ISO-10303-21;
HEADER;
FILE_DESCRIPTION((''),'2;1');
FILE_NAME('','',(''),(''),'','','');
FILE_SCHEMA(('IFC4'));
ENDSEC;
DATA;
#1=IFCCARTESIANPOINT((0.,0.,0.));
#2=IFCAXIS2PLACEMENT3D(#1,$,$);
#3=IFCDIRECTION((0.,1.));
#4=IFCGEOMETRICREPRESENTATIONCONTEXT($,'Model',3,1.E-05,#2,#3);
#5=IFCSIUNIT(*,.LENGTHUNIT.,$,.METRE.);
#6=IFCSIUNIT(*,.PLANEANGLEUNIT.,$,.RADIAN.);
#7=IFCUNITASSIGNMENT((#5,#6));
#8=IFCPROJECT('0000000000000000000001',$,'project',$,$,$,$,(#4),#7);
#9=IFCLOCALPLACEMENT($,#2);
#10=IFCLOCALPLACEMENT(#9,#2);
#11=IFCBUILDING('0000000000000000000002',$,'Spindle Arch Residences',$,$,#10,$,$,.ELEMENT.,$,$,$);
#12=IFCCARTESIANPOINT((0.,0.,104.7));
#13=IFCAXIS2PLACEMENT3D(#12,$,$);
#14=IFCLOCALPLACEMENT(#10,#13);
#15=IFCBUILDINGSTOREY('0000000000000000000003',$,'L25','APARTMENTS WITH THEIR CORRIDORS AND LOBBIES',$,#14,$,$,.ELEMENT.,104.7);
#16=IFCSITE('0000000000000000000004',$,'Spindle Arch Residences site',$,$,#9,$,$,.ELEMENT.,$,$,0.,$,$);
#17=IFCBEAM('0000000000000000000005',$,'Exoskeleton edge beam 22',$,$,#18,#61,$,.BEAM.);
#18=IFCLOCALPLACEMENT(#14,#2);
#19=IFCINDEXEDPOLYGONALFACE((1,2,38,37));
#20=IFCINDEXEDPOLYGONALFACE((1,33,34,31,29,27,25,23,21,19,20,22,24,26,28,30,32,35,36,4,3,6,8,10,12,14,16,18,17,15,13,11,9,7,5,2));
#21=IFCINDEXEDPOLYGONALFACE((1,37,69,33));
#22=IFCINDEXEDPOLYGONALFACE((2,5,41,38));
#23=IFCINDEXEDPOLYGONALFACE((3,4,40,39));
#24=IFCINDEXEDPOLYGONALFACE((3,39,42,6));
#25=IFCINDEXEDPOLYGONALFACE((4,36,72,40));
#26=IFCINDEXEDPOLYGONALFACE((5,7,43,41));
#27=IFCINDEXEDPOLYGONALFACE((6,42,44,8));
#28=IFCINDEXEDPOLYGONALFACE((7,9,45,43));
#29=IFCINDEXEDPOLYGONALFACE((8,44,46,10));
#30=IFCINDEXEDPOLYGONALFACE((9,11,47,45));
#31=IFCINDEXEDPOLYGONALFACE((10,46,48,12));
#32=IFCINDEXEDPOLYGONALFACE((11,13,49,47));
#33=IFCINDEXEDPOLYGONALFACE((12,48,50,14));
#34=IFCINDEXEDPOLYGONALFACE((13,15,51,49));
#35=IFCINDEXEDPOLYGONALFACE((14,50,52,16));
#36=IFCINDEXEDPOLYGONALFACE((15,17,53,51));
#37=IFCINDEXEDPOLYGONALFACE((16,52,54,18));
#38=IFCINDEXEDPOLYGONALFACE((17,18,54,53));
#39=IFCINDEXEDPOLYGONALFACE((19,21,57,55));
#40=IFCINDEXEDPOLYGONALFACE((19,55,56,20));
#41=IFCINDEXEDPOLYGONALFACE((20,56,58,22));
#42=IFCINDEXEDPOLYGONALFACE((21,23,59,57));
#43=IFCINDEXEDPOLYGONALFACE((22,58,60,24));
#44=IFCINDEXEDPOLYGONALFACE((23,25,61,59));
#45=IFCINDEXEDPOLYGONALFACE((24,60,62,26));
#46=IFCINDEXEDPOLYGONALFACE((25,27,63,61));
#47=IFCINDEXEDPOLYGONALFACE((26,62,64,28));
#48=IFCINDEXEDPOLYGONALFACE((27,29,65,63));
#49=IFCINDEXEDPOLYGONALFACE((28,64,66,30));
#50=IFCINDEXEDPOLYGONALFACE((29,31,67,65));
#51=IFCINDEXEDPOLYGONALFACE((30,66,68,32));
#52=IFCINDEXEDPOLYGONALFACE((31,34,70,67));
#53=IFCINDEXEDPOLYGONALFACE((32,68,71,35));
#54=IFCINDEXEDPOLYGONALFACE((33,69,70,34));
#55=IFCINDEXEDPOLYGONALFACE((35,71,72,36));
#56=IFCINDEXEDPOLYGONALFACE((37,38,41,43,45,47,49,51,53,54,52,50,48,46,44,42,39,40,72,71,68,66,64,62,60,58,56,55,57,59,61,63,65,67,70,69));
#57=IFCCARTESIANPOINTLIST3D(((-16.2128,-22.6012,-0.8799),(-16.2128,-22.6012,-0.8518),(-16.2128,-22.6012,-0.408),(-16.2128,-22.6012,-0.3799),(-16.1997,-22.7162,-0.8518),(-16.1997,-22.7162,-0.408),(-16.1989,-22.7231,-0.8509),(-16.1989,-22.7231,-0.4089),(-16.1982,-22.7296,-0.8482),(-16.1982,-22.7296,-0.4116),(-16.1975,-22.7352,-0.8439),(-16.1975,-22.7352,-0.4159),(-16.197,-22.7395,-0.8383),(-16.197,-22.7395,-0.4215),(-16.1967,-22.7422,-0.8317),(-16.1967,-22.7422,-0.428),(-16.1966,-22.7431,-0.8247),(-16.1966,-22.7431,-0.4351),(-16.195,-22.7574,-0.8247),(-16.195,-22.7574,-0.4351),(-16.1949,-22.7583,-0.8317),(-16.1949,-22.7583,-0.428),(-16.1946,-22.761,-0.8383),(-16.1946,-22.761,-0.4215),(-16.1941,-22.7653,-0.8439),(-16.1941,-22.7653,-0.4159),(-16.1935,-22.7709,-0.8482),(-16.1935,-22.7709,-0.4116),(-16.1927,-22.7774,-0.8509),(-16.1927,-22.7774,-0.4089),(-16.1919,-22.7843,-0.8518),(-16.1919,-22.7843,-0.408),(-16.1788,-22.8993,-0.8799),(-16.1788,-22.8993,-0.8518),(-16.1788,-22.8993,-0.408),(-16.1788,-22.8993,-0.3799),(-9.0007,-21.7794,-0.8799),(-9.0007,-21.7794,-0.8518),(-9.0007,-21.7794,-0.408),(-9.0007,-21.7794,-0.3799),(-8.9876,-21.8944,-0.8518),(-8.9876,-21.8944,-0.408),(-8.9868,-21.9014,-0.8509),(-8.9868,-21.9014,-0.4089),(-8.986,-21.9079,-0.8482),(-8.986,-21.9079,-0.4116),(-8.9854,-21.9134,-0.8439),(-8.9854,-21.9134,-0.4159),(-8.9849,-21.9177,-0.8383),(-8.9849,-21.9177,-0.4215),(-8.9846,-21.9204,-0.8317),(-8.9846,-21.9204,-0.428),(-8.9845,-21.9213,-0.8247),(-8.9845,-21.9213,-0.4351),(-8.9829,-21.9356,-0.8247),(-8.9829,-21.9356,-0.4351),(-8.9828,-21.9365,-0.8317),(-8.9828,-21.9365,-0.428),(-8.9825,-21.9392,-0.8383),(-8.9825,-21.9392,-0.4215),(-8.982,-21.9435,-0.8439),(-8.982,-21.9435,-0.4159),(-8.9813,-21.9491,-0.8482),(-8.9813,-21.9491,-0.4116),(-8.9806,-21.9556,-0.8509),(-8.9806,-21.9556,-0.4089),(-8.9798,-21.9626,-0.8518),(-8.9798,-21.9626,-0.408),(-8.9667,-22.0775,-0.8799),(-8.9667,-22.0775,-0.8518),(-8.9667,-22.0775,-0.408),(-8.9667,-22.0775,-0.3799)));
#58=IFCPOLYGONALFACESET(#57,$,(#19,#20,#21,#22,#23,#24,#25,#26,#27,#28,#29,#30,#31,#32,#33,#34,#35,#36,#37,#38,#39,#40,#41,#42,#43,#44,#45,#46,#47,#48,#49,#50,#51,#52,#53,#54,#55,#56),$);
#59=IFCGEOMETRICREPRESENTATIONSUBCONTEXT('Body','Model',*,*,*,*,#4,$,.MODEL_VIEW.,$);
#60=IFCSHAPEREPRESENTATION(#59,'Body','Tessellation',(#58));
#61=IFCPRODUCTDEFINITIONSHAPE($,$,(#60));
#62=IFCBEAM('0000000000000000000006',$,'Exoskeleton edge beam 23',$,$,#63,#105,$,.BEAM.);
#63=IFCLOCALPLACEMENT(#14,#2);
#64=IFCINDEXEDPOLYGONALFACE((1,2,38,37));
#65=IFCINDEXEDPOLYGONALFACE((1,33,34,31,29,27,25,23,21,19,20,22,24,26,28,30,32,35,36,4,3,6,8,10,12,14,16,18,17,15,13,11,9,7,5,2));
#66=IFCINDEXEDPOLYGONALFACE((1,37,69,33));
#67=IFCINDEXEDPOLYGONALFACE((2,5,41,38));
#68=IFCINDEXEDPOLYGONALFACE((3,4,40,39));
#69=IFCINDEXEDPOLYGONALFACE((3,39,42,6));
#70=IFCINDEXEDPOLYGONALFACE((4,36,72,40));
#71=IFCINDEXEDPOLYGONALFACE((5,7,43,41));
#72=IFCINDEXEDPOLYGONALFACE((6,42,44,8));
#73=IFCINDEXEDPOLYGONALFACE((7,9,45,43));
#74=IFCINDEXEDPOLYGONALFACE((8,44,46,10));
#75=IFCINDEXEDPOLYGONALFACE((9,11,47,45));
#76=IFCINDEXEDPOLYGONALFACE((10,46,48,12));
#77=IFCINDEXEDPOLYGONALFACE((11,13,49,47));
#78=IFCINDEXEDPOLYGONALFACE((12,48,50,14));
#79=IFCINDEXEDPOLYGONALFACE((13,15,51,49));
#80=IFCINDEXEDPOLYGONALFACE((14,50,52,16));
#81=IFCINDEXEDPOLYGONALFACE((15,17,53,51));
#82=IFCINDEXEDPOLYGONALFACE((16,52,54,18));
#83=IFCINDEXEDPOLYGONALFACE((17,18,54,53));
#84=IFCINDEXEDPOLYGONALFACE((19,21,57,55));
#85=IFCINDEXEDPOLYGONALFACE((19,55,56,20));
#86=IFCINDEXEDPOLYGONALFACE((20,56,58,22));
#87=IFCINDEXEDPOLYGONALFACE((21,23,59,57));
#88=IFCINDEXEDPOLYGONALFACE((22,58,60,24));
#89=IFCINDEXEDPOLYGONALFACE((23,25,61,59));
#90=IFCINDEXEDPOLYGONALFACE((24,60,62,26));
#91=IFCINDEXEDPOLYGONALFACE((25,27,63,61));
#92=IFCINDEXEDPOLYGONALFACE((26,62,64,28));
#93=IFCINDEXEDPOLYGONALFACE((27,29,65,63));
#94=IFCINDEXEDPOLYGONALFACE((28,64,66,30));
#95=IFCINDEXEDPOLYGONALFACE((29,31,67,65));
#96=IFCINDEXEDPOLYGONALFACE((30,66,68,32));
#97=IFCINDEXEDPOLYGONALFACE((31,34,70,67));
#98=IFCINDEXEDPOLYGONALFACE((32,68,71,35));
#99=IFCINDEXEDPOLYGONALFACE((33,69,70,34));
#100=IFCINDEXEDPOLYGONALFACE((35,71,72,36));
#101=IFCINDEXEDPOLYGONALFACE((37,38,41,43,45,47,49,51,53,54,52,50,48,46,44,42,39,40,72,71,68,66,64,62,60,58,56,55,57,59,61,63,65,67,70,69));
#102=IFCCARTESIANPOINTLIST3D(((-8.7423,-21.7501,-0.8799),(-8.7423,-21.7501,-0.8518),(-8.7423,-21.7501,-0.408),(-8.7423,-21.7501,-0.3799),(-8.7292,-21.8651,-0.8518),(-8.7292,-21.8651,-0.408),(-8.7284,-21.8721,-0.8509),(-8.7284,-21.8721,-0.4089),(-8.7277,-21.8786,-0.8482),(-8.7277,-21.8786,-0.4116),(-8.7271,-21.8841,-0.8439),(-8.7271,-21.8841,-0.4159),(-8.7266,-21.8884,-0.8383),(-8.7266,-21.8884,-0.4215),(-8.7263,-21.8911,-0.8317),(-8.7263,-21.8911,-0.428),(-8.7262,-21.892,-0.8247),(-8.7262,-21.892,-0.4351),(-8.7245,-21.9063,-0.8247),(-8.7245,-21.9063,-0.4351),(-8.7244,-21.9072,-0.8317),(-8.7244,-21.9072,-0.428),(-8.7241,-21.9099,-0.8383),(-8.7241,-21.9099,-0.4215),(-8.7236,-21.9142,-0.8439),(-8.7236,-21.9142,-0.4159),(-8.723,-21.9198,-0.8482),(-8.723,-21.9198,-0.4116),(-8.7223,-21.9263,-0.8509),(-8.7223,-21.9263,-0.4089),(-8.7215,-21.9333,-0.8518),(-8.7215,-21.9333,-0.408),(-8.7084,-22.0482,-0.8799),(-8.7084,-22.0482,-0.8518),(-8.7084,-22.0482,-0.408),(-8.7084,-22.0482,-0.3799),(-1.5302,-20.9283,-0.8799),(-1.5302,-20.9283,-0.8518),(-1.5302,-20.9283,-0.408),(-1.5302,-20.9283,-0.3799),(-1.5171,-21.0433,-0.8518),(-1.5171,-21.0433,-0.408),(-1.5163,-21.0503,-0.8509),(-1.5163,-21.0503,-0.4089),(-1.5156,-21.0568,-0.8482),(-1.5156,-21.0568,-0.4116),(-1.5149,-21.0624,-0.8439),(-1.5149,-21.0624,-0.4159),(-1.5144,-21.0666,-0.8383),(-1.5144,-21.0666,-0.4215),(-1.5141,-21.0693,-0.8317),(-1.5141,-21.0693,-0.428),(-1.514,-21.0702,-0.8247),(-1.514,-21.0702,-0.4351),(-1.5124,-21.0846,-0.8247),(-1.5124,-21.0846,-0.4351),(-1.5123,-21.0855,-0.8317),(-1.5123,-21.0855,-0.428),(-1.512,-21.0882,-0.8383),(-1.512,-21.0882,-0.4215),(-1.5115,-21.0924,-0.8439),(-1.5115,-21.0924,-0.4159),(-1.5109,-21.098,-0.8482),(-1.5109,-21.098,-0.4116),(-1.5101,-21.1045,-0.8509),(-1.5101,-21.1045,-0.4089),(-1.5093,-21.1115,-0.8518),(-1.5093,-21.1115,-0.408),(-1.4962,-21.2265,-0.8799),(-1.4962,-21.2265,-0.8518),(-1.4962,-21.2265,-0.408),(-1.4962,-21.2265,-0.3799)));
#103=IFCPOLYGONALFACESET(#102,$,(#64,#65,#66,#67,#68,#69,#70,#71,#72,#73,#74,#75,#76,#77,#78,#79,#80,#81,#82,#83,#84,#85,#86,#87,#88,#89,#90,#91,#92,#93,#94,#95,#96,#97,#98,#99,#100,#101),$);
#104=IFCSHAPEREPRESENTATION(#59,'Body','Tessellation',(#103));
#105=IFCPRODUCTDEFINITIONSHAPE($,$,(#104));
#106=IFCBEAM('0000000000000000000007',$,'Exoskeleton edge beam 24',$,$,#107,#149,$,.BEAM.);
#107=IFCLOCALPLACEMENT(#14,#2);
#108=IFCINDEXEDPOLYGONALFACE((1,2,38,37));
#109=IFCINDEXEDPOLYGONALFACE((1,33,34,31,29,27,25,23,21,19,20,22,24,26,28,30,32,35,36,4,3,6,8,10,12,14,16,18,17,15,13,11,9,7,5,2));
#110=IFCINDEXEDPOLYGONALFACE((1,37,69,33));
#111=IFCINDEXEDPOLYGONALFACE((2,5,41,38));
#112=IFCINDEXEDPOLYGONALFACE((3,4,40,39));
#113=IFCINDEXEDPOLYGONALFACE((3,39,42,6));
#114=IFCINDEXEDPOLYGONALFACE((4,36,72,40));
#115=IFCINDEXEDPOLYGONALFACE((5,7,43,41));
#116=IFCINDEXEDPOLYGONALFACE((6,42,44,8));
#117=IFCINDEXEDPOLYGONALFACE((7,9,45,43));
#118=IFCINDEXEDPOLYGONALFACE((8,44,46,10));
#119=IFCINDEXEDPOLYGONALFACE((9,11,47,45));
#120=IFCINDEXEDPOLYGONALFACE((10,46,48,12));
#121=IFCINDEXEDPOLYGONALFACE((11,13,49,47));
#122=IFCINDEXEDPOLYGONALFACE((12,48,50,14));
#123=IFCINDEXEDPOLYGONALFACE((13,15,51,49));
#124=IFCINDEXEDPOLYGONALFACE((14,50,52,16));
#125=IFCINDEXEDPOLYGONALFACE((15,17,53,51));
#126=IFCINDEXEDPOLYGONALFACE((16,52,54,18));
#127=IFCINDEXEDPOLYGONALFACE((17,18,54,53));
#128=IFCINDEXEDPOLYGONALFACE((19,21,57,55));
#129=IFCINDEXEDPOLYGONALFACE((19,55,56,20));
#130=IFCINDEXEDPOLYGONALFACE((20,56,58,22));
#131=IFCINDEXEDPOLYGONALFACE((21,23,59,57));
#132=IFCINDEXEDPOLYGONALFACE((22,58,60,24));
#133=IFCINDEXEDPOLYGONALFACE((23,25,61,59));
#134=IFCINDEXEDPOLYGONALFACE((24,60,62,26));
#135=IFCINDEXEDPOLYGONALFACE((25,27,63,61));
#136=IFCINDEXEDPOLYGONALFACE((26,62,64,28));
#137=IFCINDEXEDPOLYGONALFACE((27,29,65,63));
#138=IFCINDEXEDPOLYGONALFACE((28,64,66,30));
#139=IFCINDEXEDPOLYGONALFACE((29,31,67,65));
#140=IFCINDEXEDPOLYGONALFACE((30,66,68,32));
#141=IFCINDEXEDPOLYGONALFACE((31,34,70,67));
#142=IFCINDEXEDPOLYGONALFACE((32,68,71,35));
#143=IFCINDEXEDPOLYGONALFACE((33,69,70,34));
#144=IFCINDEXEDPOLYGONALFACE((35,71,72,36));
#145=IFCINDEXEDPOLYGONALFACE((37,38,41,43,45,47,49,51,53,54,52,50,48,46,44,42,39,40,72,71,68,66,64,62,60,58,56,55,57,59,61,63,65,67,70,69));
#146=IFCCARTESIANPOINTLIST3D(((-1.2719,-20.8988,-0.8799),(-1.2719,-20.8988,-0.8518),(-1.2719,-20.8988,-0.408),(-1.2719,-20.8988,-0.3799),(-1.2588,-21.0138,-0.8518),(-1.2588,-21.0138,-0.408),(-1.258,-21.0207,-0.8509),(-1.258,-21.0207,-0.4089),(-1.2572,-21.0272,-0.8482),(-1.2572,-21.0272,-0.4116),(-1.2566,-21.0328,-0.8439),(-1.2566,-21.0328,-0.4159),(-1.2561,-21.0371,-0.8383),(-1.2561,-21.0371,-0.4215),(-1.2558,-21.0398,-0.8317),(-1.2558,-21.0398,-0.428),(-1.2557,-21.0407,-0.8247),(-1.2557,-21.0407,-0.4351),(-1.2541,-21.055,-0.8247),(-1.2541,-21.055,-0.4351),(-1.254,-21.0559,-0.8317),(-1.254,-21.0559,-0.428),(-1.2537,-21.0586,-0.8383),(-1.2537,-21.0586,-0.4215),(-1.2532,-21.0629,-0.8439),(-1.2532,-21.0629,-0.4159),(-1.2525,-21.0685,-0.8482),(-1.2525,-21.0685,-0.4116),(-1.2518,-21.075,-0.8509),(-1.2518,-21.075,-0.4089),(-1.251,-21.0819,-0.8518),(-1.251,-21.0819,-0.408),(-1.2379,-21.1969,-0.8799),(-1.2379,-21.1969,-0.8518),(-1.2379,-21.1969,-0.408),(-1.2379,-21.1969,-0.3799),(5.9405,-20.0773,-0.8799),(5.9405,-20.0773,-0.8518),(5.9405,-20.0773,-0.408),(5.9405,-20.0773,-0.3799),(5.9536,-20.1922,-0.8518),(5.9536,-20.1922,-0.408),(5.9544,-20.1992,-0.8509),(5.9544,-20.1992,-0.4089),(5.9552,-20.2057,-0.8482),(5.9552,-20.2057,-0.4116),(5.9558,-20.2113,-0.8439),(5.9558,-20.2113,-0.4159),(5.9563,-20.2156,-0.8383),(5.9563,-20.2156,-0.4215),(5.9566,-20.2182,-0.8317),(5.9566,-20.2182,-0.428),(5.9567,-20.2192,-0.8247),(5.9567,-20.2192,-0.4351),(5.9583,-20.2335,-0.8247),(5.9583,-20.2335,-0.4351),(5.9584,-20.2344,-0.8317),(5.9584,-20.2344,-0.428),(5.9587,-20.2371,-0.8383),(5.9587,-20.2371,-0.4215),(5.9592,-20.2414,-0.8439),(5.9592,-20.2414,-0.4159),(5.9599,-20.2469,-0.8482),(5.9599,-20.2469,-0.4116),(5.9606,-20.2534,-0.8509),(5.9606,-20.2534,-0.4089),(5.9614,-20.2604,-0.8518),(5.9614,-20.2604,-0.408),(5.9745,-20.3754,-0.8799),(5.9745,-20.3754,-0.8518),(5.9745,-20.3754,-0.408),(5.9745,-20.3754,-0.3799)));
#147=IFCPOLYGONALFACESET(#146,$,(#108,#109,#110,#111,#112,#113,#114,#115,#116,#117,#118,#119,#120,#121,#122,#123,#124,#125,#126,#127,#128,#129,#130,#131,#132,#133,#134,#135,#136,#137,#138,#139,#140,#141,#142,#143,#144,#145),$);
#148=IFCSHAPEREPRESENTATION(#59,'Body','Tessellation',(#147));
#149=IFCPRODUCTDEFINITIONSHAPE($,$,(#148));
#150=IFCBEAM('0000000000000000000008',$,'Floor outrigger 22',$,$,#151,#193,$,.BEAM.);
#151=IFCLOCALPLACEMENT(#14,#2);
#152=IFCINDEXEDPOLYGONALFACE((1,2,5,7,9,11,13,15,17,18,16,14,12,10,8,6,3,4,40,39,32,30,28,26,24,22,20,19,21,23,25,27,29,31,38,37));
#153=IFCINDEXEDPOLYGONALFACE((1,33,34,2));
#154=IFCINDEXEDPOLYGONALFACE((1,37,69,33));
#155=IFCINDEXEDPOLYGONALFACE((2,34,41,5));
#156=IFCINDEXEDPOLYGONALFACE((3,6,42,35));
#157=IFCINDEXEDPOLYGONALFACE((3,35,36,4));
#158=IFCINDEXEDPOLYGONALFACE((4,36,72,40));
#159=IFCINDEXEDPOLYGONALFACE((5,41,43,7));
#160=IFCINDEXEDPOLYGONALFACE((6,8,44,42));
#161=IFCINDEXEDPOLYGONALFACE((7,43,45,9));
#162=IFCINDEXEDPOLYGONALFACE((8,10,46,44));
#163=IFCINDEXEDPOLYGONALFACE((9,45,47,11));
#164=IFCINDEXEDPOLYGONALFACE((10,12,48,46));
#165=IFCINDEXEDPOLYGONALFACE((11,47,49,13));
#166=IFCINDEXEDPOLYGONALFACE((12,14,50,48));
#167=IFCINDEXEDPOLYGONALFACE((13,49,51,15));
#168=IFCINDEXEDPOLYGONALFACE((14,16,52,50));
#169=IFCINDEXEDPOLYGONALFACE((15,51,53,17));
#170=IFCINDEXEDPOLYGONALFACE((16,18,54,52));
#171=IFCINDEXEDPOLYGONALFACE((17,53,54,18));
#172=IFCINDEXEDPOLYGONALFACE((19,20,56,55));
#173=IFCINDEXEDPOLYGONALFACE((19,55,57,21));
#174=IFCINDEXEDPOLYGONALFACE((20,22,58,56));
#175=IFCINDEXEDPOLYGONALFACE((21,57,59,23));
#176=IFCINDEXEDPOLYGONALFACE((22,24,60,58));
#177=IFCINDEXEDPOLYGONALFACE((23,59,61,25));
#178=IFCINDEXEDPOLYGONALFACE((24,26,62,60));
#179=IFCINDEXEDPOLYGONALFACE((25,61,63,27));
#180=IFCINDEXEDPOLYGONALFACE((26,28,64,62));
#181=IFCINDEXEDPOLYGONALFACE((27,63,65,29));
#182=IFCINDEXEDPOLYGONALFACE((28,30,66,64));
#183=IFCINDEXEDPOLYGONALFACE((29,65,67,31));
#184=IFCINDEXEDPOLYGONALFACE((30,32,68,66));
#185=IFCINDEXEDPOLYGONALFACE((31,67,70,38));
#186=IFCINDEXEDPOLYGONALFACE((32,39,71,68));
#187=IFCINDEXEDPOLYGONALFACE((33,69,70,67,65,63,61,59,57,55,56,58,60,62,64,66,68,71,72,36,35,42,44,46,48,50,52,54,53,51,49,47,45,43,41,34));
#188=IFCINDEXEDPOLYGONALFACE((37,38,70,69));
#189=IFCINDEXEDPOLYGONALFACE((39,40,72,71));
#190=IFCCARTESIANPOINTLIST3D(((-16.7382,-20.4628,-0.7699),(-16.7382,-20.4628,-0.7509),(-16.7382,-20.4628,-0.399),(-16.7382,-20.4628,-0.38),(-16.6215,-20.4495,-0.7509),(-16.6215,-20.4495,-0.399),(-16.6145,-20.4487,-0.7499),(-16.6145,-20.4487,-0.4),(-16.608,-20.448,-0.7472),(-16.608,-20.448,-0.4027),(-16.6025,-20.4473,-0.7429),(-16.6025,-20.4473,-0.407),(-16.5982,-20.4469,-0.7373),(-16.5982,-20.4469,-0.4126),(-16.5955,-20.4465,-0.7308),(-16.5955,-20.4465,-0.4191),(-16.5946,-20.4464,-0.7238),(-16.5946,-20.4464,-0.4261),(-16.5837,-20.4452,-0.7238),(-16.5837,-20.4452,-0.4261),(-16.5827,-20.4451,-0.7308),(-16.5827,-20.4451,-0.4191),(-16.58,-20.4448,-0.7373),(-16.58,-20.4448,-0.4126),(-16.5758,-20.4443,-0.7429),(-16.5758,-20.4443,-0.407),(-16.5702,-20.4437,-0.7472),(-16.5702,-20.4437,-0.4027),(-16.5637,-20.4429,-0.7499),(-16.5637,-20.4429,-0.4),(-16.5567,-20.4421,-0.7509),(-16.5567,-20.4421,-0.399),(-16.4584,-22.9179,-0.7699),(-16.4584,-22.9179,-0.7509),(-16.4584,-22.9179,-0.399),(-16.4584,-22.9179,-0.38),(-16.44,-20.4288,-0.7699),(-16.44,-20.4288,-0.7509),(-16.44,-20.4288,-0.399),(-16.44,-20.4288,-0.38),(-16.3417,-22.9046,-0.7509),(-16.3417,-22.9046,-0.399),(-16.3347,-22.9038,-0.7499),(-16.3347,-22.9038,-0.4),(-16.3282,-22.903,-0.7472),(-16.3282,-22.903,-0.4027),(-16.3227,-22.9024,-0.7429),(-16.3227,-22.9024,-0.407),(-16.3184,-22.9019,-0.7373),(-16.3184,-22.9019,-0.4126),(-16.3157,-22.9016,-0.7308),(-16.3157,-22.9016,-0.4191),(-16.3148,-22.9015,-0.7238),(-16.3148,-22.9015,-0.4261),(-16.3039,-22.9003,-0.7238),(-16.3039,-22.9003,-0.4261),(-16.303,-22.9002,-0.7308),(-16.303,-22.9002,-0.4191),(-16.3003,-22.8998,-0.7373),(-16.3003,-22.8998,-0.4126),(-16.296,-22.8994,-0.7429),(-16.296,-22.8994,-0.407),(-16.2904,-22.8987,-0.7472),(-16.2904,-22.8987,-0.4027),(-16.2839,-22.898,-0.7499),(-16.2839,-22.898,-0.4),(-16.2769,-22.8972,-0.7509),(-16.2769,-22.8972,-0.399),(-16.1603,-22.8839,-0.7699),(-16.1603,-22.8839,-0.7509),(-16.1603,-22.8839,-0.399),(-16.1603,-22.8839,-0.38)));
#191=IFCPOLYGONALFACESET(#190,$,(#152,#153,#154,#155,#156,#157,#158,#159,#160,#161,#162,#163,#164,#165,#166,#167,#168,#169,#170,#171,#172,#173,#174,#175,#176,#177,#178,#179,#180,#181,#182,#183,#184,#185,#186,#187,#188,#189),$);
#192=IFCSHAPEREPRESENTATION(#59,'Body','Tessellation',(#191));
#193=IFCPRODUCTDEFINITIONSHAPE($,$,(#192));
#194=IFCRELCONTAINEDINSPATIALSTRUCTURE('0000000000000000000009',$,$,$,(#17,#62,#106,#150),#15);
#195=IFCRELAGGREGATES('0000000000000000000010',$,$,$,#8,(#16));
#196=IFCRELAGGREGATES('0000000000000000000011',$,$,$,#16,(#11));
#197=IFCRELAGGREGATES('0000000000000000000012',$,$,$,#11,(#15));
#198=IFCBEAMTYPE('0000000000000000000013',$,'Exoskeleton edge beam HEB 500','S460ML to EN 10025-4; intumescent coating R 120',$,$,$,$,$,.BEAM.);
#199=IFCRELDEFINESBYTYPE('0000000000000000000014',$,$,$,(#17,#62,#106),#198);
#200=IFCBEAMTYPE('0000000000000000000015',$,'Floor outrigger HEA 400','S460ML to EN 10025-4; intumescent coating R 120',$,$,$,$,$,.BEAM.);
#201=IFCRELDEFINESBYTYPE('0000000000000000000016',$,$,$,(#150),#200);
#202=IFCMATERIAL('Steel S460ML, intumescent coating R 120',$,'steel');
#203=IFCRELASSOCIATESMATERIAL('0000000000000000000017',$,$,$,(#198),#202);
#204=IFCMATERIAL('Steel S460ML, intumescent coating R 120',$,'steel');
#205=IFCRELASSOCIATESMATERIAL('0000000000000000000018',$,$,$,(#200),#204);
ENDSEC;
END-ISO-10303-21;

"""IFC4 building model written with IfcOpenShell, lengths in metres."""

from ifc_helpers import new_model, si_unit, direction, frame, origin, origin_2d, place, context, subcontext, project, spatial, i_section, extrude, material, material_profile, profile_set, type_object, element, save


model = new_model("IFC4")

# Units and contexts
model_context = context("Model", 3, precision=1e-05, world=origin(), true_north=direction((0.0, 1.0)))
body_context = subcontext(model_context, "Body", "Model", "MODEL_VIEW")
ifc_project = project(units=[si_unit("LENGTHUNIT", "METRE"), si_unit("PLANEANGLEUNIT", "RADIAN")], contexts=[model_context])

# Site, building, storey
site_placement = place(None, origin())
site = spatial("IfcSite", under=ifc_project, at=site_placement, Name="Spindle Arch Residences site", CompositionType="ELEMENT", RefElevation=0.0)
building_placement = place(site_placement, origin())
building = spatial("IfcBuilding", under=site, at=building_placement, Name="Spindle Arch Residences", CompositionType="ELEMENT")
storey_placement = place(building_placement, frame((0.0, 0.0, 104.7)))
storey = spatial("IfcBuildingStorey", under=building, at=storey_placement, Name="L25", Description="APARTMENTS WITH THEIR CORRIDORS AND LOBBIES", CompositionType="ELEMENT", Elevation=104.7)

# Beams
ifc_material_1 = material(Name="Steel S460ML, intumescent coating R 120", Category="steel")
ifc_material_profile_1 = material_profile(ifc_material_1, i_section(OverallWidth=0.3, OverallDepth=0.5, WebThickness=0.0144, FlangeThickness=0.0281, FilletRadius=0.0271, at=origin_2d()), Name="HEB 500")
ifc_profile_set_1 = profile_set([ifc_material_profile_1], Name="Steel S460ML, intumescent coating R 120")
beam_type_1 = type_object("IfcBeamType", Name="Exoskeleton edge beam HEB 500", Description="S460ML to EN 10025-4; intumescent coating R 120", PredefinedType="BEAM", material=ifc_profile_set_1)
for number, where, z_axis, x_axis, name in (
    (1, (-16.1958, -22.7502, -0.6299), (0.993571, 0.113211, 0.0), (-0.113211, 0.993571, 0.0), "Exoskeleton edge beam 22"),
    (2, (-8.7253, -21.8992, -0.6299), (0.993571, 0.113211, 0.0), (-0.113211, 0.993571, 0.0), "Exoskeleton edge beam 23"),
):
    element("IfcBeam", number, at=place(storey_placement, frame(where, z_axis=z_axis, x_axis=x_axis)), inside=storey, type_object=beam_type_1, Name=name, PredefinedType="BEAM", context=body_context, shape_type="SweptSolid", body=[
        extrude(i_section(OverallWidth=0.3, OverallDepth=0.5, WebThickness=0.0144, FlangeThickness=0.0281, FilletRadius=0.0271, at=origin_2d()), origin(), (0.0, 0.0, 1.0), 7.2588),
    ])
beam_1_placement = place(storey_placement, frame((-1.2549, -21.0479, -0.6299), z_axis=(0.993575, 0.113174, 0.0), x_axis=(-0.113174, 0.993575, 0.0)))
element("IfcBeam", 3, at=beam_1_placement, inside=storey, type_object=beam_type_1, Name="Exoskeleton edge beam 24", PredefinedType="BEAM", context=body_context, shape_type="SweptSolid", body=[
    extrude(i_section(OverallWidth=0.3, OverallDepth=0.5, WebThickness=0.0144, FlangeThickness=0.0281, FilletRadius=0.0271, at=origin_2d()), origin(), (0.0, 0.0, 1.0), 7.259),
])
ifc_material_2 = material(Name="Steel S460ML, intumescent coating R 120", Category="steel")
ifc_material_profile_2 = material_profile(ifc_material_2, i_section(OverallWidth=0.3, OverallDepth=0.3899, WebThickness=0.011, FlangeThickness=0.019, FilletRadius=0.0271, at=origin_2d()), Name="HEA 400")
ifc_profile_set_2 = profile_set([ifc_material_profile_2], Name="Steel S460ML, intumescent coating R 120")
beam_type_2 = type_object("IfcBeamType", Name="Floor outrigger HEA 400", Description="S460ML to EN 10025-4; intumescent coating R 120", PredefinedType="BEAM", material=ifc_profile_set_2)
beam_2_placement = place(storey_placement, frame((-16.3093, -22.9009, -0.575), z_axis=(-0.113229, 0.993569, 0.0), x_axis=(-0.993569, -0.113229, 0.0)))
element("IfcBeam", 4, at=beam_2_placement, inside=storey, type_object=beam_type_2, Name="Floor outrigger 22", PredefinedType="BEAM", context=body_context, shape_type="SweptSolid", body=[
    extrude(i_section(OverallWidth=0.3, OverallDepth=0.3899, WebThickness=0.011, FlangeThickness=0.019, FilletRadius=0.0271, at=origin_2d()), origin(), (0.0, 0.0, 1.0), 2.4709),
])

save(model, "model.ifc")
